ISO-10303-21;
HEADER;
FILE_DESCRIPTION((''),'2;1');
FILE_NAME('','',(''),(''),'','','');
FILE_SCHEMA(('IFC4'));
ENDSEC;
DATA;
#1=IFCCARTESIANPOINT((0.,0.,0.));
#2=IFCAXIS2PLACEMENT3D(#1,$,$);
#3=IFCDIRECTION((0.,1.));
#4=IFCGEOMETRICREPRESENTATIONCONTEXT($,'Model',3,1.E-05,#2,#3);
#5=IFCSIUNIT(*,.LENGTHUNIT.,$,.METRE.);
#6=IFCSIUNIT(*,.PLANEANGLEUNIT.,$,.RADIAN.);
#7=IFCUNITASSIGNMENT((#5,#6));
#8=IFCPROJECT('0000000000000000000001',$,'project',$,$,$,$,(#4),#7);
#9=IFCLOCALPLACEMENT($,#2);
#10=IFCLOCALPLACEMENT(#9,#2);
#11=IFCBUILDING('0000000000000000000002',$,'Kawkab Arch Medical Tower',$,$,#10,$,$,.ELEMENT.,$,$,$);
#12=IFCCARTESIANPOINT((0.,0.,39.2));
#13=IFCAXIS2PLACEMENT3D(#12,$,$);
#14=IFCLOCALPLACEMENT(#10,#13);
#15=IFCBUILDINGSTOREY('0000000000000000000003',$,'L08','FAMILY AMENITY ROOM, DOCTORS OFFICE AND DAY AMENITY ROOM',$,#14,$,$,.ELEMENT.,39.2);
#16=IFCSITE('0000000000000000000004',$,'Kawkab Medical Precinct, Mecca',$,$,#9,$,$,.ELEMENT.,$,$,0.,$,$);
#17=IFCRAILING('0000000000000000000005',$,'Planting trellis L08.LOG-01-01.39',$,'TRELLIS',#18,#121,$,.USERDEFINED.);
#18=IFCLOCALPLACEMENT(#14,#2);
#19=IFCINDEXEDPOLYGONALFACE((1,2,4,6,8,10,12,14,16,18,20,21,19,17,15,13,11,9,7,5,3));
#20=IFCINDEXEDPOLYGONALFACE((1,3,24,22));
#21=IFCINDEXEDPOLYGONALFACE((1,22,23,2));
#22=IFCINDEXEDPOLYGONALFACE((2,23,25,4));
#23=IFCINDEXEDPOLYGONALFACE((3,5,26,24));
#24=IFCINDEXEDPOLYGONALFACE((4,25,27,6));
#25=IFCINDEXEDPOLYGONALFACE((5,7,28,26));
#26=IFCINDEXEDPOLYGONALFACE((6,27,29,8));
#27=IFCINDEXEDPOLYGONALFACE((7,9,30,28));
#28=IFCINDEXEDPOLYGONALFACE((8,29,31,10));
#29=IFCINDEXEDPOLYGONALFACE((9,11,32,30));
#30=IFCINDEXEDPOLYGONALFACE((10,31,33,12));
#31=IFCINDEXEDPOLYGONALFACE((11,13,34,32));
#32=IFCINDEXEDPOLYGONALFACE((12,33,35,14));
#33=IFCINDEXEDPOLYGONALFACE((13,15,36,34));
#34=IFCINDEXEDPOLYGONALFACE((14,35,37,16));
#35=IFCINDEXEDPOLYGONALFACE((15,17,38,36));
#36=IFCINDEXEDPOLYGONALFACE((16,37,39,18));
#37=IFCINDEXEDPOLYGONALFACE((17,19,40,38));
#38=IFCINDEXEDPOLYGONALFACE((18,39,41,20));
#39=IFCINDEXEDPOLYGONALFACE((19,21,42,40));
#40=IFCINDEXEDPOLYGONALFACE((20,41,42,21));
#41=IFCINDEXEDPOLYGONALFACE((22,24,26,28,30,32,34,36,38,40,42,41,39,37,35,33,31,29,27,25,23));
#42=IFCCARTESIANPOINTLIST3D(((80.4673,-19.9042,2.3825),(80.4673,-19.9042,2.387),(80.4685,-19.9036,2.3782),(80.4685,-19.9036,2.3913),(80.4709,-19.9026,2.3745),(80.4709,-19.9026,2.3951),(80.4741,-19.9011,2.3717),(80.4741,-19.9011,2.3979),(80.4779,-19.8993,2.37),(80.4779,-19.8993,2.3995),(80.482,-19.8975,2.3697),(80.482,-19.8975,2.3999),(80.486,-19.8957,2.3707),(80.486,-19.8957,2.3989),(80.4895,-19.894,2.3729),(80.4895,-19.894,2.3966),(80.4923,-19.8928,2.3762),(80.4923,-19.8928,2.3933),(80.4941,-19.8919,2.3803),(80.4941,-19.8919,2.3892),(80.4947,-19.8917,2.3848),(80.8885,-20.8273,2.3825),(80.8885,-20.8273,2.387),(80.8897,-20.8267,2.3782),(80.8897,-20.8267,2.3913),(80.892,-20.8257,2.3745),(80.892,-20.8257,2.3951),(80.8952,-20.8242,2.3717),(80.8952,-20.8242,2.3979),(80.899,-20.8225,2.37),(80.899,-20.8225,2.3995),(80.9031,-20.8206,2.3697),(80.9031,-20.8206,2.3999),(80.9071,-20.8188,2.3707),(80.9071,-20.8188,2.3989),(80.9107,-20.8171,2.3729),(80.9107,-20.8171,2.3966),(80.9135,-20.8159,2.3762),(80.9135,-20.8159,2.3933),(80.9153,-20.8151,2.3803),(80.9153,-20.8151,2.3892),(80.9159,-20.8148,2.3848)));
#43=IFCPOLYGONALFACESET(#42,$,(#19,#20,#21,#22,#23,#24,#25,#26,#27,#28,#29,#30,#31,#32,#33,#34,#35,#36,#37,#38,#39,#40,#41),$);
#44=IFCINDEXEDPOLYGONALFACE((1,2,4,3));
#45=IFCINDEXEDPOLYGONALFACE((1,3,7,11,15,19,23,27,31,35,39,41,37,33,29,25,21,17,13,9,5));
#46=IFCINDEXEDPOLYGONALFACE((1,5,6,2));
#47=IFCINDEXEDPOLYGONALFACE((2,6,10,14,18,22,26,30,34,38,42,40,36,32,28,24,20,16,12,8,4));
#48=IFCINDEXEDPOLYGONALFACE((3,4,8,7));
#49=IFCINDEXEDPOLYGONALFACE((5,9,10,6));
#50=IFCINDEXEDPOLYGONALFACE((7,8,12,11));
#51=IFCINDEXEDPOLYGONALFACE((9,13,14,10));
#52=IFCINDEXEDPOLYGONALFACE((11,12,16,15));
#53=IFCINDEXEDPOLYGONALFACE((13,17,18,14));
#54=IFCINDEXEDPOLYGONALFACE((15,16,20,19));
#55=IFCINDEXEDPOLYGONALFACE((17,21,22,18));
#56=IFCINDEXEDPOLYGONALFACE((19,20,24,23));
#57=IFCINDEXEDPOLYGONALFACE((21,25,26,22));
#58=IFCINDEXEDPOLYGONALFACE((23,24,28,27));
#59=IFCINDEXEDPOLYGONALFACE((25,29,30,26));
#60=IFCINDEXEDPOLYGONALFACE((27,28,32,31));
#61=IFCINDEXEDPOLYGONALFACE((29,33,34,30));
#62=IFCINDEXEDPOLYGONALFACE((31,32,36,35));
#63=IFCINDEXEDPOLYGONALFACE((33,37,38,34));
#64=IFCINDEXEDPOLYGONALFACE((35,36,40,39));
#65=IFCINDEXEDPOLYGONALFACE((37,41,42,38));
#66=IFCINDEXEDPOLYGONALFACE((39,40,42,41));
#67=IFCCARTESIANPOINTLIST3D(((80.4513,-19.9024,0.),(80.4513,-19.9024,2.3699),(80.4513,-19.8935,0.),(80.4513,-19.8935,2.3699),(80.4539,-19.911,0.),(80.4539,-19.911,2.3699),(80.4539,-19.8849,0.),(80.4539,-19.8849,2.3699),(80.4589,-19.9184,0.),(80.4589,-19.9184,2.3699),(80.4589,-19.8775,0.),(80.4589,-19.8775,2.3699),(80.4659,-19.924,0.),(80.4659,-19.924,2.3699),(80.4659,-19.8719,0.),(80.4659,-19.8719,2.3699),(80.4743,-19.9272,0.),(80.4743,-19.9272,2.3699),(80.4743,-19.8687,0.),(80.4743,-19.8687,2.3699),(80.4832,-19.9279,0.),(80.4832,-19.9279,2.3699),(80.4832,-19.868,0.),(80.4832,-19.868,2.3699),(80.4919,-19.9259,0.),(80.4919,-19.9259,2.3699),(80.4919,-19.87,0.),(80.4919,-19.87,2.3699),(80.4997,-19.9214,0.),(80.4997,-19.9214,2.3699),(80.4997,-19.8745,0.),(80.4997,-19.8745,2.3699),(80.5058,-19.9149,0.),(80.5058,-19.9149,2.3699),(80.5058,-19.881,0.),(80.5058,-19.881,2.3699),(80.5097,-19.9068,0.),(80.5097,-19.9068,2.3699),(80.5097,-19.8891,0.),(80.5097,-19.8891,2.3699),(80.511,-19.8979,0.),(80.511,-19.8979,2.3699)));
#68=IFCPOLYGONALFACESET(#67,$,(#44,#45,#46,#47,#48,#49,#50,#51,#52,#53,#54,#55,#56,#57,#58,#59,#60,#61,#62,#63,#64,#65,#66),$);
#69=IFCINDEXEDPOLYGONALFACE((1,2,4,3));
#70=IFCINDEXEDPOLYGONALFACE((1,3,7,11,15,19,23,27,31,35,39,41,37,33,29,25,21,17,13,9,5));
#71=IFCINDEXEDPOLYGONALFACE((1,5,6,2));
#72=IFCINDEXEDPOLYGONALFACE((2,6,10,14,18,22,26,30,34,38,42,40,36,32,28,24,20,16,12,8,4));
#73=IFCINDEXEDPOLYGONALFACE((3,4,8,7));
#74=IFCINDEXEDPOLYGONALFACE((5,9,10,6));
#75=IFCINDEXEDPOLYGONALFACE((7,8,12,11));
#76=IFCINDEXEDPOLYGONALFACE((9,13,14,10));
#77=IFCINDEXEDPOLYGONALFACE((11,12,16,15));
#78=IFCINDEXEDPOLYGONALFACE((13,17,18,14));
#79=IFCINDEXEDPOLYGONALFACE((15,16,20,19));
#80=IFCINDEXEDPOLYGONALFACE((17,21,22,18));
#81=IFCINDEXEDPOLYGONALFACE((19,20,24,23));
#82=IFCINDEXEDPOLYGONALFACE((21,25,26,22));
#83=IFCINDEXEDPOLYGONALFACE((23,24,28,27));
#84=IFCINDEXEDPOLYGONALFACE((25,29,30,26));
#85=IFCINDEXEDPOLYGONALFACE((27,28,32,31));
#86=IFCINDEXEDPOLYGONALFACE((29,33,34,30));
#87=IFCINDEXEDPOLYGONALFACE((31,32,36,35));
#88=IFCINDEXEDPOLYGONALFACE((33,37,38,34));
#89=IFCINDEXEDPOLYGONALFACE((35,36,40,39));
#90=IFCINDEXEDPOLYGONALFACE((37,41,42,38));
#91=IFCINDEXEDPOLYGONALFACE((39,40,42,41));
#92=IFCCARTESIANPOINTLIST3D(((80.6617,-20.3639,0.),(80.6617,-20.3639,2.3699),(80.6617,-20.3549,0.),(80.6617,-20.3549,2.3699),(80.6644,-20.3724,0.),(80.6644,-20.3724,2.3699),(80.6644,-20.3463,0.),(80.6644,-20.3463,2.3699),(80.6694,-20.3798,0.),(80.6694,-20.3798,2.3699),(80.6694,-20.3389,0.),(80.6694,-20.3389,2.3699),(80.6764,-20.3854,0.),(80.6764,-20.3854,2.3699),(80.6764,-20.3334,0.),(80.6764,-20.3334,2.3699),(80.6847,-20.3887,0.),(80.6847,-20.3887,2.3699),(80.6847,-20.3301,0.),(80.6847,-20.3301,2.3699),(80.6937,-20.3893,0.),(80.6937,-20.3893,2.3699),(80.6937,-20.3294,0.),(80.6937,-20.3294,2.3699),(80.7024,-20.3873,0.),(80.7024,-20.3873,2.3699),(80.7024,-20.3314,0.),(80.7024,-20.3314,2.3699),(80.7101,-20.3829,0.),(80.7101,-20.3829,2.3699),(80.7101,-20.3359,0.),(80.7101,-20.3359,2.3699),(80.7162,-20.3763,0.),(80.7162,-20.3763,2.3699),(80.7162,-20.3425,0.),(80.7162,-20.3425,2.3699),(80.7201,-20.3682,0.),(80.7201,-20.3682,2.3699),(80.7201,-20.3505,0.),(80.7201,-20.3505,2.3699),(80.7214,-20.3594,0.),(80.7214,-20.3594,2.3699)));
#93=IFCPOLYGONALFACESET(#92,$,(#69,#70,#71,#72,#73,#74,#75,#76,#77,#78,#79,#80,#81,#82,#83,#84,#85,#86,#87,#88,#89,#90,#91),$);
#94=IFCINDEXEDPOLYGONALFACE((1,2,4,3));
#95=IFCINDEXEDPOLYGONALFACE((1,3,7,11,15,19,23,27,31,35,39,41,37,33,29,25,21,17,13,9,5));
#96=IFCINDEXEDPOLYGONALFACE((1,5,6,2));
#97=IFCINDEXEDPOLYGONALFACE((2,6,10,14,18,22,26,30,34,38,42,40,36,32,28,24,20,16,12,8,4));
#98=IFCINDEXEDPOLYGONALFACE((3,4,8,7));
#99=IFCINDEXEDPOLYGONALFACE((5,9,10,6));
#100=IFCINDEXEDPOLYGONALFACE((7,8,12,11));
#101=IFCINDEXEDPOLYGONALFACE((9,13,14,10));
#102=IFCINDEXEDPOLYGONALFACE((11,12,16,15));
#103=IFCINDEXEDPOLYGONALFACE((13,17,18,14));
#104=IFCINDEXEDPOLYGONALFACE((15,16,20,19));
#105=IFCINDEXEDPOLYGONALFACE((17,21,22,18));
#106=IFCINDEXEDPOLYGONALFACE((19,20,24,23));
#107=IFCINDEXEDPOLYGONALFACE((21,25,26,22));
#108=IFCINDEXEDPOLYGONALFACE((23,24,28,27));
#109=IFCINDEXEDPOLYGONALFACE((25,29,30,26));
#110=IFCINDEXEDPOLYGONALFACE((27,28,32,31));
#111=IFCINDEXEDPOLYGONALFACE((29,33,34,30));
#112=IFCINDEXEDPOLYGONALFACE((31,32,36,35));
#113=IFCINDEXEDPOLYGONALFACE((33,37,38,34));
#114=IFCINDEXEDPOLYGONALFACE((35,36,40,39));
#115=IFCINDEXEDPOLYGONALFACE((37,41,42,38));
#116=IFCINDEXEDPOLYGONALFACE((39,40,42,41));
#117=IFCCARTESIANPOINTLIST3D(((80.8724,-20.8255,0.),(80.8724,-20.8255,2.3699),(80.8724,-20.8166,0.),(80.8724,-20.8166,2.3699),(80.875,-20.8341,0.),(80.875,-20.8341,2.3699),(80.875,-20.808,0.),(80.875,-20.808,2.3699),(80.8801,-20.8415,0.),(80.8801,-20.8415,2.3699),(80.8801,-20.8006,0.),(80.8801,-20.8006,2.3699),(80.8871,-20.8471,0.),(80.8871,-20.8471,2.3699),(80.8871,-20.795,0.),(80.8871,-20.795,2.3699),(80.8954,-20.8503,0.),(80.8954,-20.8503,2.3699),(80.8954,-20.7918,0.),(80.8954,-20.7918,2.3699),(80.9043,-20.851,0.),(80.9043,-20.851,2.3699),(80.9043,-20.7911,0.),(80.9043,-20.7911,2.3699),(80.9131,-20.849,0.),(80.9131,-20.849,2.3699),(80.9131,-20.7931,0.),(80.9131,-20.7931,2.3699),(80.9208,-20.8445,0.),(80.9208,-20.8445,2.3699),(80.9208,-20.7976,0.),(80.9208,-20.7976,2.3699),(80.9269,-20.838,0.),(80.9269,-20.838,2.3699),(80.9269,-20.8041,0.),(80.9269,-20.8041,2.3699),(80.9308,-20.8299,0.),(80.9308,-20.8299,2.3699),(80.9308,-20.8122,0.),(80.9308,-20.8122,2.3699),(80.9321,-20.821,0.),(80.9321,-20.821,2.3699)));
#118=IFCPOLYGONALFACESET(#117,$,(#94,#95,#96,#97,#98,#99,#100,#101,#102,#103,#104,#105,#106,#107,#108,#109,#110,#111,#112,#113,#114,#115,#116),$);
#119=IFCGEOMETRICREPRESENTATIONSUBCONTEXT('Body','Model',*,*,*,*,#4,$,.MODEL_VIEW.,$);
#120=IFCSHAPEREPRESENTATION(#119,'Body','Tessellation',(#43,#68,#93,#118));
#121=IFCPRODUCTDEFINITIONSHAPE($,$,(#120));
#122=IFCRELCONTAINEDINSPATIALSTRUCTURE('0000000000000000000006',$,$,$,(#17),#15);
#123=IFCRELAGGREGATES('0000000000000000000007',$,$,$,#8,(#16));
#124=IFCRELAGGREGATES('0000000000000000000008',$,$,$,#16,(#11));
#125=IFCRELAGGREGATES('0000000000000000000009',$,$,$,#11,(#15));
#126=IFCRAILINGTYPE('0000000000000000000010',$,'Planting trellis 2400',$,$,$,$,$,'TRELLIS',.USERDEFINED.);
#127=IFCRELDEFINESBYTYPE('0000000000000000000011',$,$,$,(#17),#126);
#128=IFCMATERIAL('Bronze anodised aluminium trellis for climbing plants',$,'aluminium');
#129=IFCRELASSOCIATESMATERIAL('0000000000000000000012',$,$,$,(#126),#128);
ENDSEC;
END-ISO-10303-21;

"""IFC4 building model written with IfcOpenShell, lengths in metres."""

from ifc_helpers import new_model, si_unit, direction, frame, origin, origin_2d, place, context, subcontext, project, spatial, circle, extrude, material, type_object, element, save


model = new_model("IFC4")

# Units and contexts
model_context = context("Model", 3, precision=1e-05, world=origin(), true_north=direction((0.0, 1.0)))
body_context = subcontext(model_context, "Body", "Model", "MODEL_VIEW")
ifc_project = project(units=[si_unit("LENGTHUNIT", "METRE"), si_unit("PLANEANGLEUNIT", "RADIAN")], contexts=[model_context])

# Site, building, storey
site_placement = place(None, origin())
site = spatial("IfcSite", under=ifc_project, at=site_placement, Name="Kawkab Medical Precinct, Mecca", CompositionType="ELEMENT", RefElevation=0.0)
building_placement = place(site_placement, origin())
building = spatial("IfcBuilding", under=site, at=building_placement, Name="Kawkab Arch Medical Tower", CompositionType="ELEMENT")
storey_placement = place(building_placement, frame((0.0, 0.0, 39.2)))
storey = spatial("IfcBuildingStorey", under=building, at=storey_placement, Name="L08", Description="FAMILY AMENITY ROOM, DOCTORS OFFICE AND DAY AMENITY ROOM", CompositionType="ELEMENT", Elevation=39.2)

# Railing
ifc_material_1 = material(Name="Bronze anodised aluminium trellis for climbing plants", Category="aluminium")
railing_type_1 = type_object("IfcRailingType", Name="Planting trellis 2400", ElementType="TRELLIS", PredefinedType="USERDEFINED", material=ifc_material_1)
railing_1_placement = place(storey_placement, frame((80.481, -19.8979, 0.0)))
element("IfcRailing", 1, at=railing_1_placement, inside=storey, type_object=railing_type_1, Name="Planting trellis L08.LOG-01-01.39", ObjectType="TRELLIS", PredefinedType="USERDEFINED", context=body_context, shape_type="SweptSolid", body=[
    extrude(circle(Radius=0.0151, at=origin_2d()), frame((0.0, 0.0, 2.3848), z_axis=(0.415072, -0.909789, 0.0), x_axis=(0.909789, 0.415072, 0.0)), (0.0, 0.0, 1.0), 1.0146),
    extrude(circle(Radius=0.03, at=origin_2d()), origin(), (0.0, 0.0, 1.0), 2.3699),
    extrude(circle(Radius=0.03, at=origin_2d()), frame((0.2104, -0.4614, 0.0)), (0.0, 0.0, 1.0), 2.3699),
    extrude(circle(Radius=0.03, at=origin_2d()), frame((0.4211, -0.9231, 0.0)), (0.0, 0.0, 1.0), 2.3699),
])

save(model, "model.ifc")
